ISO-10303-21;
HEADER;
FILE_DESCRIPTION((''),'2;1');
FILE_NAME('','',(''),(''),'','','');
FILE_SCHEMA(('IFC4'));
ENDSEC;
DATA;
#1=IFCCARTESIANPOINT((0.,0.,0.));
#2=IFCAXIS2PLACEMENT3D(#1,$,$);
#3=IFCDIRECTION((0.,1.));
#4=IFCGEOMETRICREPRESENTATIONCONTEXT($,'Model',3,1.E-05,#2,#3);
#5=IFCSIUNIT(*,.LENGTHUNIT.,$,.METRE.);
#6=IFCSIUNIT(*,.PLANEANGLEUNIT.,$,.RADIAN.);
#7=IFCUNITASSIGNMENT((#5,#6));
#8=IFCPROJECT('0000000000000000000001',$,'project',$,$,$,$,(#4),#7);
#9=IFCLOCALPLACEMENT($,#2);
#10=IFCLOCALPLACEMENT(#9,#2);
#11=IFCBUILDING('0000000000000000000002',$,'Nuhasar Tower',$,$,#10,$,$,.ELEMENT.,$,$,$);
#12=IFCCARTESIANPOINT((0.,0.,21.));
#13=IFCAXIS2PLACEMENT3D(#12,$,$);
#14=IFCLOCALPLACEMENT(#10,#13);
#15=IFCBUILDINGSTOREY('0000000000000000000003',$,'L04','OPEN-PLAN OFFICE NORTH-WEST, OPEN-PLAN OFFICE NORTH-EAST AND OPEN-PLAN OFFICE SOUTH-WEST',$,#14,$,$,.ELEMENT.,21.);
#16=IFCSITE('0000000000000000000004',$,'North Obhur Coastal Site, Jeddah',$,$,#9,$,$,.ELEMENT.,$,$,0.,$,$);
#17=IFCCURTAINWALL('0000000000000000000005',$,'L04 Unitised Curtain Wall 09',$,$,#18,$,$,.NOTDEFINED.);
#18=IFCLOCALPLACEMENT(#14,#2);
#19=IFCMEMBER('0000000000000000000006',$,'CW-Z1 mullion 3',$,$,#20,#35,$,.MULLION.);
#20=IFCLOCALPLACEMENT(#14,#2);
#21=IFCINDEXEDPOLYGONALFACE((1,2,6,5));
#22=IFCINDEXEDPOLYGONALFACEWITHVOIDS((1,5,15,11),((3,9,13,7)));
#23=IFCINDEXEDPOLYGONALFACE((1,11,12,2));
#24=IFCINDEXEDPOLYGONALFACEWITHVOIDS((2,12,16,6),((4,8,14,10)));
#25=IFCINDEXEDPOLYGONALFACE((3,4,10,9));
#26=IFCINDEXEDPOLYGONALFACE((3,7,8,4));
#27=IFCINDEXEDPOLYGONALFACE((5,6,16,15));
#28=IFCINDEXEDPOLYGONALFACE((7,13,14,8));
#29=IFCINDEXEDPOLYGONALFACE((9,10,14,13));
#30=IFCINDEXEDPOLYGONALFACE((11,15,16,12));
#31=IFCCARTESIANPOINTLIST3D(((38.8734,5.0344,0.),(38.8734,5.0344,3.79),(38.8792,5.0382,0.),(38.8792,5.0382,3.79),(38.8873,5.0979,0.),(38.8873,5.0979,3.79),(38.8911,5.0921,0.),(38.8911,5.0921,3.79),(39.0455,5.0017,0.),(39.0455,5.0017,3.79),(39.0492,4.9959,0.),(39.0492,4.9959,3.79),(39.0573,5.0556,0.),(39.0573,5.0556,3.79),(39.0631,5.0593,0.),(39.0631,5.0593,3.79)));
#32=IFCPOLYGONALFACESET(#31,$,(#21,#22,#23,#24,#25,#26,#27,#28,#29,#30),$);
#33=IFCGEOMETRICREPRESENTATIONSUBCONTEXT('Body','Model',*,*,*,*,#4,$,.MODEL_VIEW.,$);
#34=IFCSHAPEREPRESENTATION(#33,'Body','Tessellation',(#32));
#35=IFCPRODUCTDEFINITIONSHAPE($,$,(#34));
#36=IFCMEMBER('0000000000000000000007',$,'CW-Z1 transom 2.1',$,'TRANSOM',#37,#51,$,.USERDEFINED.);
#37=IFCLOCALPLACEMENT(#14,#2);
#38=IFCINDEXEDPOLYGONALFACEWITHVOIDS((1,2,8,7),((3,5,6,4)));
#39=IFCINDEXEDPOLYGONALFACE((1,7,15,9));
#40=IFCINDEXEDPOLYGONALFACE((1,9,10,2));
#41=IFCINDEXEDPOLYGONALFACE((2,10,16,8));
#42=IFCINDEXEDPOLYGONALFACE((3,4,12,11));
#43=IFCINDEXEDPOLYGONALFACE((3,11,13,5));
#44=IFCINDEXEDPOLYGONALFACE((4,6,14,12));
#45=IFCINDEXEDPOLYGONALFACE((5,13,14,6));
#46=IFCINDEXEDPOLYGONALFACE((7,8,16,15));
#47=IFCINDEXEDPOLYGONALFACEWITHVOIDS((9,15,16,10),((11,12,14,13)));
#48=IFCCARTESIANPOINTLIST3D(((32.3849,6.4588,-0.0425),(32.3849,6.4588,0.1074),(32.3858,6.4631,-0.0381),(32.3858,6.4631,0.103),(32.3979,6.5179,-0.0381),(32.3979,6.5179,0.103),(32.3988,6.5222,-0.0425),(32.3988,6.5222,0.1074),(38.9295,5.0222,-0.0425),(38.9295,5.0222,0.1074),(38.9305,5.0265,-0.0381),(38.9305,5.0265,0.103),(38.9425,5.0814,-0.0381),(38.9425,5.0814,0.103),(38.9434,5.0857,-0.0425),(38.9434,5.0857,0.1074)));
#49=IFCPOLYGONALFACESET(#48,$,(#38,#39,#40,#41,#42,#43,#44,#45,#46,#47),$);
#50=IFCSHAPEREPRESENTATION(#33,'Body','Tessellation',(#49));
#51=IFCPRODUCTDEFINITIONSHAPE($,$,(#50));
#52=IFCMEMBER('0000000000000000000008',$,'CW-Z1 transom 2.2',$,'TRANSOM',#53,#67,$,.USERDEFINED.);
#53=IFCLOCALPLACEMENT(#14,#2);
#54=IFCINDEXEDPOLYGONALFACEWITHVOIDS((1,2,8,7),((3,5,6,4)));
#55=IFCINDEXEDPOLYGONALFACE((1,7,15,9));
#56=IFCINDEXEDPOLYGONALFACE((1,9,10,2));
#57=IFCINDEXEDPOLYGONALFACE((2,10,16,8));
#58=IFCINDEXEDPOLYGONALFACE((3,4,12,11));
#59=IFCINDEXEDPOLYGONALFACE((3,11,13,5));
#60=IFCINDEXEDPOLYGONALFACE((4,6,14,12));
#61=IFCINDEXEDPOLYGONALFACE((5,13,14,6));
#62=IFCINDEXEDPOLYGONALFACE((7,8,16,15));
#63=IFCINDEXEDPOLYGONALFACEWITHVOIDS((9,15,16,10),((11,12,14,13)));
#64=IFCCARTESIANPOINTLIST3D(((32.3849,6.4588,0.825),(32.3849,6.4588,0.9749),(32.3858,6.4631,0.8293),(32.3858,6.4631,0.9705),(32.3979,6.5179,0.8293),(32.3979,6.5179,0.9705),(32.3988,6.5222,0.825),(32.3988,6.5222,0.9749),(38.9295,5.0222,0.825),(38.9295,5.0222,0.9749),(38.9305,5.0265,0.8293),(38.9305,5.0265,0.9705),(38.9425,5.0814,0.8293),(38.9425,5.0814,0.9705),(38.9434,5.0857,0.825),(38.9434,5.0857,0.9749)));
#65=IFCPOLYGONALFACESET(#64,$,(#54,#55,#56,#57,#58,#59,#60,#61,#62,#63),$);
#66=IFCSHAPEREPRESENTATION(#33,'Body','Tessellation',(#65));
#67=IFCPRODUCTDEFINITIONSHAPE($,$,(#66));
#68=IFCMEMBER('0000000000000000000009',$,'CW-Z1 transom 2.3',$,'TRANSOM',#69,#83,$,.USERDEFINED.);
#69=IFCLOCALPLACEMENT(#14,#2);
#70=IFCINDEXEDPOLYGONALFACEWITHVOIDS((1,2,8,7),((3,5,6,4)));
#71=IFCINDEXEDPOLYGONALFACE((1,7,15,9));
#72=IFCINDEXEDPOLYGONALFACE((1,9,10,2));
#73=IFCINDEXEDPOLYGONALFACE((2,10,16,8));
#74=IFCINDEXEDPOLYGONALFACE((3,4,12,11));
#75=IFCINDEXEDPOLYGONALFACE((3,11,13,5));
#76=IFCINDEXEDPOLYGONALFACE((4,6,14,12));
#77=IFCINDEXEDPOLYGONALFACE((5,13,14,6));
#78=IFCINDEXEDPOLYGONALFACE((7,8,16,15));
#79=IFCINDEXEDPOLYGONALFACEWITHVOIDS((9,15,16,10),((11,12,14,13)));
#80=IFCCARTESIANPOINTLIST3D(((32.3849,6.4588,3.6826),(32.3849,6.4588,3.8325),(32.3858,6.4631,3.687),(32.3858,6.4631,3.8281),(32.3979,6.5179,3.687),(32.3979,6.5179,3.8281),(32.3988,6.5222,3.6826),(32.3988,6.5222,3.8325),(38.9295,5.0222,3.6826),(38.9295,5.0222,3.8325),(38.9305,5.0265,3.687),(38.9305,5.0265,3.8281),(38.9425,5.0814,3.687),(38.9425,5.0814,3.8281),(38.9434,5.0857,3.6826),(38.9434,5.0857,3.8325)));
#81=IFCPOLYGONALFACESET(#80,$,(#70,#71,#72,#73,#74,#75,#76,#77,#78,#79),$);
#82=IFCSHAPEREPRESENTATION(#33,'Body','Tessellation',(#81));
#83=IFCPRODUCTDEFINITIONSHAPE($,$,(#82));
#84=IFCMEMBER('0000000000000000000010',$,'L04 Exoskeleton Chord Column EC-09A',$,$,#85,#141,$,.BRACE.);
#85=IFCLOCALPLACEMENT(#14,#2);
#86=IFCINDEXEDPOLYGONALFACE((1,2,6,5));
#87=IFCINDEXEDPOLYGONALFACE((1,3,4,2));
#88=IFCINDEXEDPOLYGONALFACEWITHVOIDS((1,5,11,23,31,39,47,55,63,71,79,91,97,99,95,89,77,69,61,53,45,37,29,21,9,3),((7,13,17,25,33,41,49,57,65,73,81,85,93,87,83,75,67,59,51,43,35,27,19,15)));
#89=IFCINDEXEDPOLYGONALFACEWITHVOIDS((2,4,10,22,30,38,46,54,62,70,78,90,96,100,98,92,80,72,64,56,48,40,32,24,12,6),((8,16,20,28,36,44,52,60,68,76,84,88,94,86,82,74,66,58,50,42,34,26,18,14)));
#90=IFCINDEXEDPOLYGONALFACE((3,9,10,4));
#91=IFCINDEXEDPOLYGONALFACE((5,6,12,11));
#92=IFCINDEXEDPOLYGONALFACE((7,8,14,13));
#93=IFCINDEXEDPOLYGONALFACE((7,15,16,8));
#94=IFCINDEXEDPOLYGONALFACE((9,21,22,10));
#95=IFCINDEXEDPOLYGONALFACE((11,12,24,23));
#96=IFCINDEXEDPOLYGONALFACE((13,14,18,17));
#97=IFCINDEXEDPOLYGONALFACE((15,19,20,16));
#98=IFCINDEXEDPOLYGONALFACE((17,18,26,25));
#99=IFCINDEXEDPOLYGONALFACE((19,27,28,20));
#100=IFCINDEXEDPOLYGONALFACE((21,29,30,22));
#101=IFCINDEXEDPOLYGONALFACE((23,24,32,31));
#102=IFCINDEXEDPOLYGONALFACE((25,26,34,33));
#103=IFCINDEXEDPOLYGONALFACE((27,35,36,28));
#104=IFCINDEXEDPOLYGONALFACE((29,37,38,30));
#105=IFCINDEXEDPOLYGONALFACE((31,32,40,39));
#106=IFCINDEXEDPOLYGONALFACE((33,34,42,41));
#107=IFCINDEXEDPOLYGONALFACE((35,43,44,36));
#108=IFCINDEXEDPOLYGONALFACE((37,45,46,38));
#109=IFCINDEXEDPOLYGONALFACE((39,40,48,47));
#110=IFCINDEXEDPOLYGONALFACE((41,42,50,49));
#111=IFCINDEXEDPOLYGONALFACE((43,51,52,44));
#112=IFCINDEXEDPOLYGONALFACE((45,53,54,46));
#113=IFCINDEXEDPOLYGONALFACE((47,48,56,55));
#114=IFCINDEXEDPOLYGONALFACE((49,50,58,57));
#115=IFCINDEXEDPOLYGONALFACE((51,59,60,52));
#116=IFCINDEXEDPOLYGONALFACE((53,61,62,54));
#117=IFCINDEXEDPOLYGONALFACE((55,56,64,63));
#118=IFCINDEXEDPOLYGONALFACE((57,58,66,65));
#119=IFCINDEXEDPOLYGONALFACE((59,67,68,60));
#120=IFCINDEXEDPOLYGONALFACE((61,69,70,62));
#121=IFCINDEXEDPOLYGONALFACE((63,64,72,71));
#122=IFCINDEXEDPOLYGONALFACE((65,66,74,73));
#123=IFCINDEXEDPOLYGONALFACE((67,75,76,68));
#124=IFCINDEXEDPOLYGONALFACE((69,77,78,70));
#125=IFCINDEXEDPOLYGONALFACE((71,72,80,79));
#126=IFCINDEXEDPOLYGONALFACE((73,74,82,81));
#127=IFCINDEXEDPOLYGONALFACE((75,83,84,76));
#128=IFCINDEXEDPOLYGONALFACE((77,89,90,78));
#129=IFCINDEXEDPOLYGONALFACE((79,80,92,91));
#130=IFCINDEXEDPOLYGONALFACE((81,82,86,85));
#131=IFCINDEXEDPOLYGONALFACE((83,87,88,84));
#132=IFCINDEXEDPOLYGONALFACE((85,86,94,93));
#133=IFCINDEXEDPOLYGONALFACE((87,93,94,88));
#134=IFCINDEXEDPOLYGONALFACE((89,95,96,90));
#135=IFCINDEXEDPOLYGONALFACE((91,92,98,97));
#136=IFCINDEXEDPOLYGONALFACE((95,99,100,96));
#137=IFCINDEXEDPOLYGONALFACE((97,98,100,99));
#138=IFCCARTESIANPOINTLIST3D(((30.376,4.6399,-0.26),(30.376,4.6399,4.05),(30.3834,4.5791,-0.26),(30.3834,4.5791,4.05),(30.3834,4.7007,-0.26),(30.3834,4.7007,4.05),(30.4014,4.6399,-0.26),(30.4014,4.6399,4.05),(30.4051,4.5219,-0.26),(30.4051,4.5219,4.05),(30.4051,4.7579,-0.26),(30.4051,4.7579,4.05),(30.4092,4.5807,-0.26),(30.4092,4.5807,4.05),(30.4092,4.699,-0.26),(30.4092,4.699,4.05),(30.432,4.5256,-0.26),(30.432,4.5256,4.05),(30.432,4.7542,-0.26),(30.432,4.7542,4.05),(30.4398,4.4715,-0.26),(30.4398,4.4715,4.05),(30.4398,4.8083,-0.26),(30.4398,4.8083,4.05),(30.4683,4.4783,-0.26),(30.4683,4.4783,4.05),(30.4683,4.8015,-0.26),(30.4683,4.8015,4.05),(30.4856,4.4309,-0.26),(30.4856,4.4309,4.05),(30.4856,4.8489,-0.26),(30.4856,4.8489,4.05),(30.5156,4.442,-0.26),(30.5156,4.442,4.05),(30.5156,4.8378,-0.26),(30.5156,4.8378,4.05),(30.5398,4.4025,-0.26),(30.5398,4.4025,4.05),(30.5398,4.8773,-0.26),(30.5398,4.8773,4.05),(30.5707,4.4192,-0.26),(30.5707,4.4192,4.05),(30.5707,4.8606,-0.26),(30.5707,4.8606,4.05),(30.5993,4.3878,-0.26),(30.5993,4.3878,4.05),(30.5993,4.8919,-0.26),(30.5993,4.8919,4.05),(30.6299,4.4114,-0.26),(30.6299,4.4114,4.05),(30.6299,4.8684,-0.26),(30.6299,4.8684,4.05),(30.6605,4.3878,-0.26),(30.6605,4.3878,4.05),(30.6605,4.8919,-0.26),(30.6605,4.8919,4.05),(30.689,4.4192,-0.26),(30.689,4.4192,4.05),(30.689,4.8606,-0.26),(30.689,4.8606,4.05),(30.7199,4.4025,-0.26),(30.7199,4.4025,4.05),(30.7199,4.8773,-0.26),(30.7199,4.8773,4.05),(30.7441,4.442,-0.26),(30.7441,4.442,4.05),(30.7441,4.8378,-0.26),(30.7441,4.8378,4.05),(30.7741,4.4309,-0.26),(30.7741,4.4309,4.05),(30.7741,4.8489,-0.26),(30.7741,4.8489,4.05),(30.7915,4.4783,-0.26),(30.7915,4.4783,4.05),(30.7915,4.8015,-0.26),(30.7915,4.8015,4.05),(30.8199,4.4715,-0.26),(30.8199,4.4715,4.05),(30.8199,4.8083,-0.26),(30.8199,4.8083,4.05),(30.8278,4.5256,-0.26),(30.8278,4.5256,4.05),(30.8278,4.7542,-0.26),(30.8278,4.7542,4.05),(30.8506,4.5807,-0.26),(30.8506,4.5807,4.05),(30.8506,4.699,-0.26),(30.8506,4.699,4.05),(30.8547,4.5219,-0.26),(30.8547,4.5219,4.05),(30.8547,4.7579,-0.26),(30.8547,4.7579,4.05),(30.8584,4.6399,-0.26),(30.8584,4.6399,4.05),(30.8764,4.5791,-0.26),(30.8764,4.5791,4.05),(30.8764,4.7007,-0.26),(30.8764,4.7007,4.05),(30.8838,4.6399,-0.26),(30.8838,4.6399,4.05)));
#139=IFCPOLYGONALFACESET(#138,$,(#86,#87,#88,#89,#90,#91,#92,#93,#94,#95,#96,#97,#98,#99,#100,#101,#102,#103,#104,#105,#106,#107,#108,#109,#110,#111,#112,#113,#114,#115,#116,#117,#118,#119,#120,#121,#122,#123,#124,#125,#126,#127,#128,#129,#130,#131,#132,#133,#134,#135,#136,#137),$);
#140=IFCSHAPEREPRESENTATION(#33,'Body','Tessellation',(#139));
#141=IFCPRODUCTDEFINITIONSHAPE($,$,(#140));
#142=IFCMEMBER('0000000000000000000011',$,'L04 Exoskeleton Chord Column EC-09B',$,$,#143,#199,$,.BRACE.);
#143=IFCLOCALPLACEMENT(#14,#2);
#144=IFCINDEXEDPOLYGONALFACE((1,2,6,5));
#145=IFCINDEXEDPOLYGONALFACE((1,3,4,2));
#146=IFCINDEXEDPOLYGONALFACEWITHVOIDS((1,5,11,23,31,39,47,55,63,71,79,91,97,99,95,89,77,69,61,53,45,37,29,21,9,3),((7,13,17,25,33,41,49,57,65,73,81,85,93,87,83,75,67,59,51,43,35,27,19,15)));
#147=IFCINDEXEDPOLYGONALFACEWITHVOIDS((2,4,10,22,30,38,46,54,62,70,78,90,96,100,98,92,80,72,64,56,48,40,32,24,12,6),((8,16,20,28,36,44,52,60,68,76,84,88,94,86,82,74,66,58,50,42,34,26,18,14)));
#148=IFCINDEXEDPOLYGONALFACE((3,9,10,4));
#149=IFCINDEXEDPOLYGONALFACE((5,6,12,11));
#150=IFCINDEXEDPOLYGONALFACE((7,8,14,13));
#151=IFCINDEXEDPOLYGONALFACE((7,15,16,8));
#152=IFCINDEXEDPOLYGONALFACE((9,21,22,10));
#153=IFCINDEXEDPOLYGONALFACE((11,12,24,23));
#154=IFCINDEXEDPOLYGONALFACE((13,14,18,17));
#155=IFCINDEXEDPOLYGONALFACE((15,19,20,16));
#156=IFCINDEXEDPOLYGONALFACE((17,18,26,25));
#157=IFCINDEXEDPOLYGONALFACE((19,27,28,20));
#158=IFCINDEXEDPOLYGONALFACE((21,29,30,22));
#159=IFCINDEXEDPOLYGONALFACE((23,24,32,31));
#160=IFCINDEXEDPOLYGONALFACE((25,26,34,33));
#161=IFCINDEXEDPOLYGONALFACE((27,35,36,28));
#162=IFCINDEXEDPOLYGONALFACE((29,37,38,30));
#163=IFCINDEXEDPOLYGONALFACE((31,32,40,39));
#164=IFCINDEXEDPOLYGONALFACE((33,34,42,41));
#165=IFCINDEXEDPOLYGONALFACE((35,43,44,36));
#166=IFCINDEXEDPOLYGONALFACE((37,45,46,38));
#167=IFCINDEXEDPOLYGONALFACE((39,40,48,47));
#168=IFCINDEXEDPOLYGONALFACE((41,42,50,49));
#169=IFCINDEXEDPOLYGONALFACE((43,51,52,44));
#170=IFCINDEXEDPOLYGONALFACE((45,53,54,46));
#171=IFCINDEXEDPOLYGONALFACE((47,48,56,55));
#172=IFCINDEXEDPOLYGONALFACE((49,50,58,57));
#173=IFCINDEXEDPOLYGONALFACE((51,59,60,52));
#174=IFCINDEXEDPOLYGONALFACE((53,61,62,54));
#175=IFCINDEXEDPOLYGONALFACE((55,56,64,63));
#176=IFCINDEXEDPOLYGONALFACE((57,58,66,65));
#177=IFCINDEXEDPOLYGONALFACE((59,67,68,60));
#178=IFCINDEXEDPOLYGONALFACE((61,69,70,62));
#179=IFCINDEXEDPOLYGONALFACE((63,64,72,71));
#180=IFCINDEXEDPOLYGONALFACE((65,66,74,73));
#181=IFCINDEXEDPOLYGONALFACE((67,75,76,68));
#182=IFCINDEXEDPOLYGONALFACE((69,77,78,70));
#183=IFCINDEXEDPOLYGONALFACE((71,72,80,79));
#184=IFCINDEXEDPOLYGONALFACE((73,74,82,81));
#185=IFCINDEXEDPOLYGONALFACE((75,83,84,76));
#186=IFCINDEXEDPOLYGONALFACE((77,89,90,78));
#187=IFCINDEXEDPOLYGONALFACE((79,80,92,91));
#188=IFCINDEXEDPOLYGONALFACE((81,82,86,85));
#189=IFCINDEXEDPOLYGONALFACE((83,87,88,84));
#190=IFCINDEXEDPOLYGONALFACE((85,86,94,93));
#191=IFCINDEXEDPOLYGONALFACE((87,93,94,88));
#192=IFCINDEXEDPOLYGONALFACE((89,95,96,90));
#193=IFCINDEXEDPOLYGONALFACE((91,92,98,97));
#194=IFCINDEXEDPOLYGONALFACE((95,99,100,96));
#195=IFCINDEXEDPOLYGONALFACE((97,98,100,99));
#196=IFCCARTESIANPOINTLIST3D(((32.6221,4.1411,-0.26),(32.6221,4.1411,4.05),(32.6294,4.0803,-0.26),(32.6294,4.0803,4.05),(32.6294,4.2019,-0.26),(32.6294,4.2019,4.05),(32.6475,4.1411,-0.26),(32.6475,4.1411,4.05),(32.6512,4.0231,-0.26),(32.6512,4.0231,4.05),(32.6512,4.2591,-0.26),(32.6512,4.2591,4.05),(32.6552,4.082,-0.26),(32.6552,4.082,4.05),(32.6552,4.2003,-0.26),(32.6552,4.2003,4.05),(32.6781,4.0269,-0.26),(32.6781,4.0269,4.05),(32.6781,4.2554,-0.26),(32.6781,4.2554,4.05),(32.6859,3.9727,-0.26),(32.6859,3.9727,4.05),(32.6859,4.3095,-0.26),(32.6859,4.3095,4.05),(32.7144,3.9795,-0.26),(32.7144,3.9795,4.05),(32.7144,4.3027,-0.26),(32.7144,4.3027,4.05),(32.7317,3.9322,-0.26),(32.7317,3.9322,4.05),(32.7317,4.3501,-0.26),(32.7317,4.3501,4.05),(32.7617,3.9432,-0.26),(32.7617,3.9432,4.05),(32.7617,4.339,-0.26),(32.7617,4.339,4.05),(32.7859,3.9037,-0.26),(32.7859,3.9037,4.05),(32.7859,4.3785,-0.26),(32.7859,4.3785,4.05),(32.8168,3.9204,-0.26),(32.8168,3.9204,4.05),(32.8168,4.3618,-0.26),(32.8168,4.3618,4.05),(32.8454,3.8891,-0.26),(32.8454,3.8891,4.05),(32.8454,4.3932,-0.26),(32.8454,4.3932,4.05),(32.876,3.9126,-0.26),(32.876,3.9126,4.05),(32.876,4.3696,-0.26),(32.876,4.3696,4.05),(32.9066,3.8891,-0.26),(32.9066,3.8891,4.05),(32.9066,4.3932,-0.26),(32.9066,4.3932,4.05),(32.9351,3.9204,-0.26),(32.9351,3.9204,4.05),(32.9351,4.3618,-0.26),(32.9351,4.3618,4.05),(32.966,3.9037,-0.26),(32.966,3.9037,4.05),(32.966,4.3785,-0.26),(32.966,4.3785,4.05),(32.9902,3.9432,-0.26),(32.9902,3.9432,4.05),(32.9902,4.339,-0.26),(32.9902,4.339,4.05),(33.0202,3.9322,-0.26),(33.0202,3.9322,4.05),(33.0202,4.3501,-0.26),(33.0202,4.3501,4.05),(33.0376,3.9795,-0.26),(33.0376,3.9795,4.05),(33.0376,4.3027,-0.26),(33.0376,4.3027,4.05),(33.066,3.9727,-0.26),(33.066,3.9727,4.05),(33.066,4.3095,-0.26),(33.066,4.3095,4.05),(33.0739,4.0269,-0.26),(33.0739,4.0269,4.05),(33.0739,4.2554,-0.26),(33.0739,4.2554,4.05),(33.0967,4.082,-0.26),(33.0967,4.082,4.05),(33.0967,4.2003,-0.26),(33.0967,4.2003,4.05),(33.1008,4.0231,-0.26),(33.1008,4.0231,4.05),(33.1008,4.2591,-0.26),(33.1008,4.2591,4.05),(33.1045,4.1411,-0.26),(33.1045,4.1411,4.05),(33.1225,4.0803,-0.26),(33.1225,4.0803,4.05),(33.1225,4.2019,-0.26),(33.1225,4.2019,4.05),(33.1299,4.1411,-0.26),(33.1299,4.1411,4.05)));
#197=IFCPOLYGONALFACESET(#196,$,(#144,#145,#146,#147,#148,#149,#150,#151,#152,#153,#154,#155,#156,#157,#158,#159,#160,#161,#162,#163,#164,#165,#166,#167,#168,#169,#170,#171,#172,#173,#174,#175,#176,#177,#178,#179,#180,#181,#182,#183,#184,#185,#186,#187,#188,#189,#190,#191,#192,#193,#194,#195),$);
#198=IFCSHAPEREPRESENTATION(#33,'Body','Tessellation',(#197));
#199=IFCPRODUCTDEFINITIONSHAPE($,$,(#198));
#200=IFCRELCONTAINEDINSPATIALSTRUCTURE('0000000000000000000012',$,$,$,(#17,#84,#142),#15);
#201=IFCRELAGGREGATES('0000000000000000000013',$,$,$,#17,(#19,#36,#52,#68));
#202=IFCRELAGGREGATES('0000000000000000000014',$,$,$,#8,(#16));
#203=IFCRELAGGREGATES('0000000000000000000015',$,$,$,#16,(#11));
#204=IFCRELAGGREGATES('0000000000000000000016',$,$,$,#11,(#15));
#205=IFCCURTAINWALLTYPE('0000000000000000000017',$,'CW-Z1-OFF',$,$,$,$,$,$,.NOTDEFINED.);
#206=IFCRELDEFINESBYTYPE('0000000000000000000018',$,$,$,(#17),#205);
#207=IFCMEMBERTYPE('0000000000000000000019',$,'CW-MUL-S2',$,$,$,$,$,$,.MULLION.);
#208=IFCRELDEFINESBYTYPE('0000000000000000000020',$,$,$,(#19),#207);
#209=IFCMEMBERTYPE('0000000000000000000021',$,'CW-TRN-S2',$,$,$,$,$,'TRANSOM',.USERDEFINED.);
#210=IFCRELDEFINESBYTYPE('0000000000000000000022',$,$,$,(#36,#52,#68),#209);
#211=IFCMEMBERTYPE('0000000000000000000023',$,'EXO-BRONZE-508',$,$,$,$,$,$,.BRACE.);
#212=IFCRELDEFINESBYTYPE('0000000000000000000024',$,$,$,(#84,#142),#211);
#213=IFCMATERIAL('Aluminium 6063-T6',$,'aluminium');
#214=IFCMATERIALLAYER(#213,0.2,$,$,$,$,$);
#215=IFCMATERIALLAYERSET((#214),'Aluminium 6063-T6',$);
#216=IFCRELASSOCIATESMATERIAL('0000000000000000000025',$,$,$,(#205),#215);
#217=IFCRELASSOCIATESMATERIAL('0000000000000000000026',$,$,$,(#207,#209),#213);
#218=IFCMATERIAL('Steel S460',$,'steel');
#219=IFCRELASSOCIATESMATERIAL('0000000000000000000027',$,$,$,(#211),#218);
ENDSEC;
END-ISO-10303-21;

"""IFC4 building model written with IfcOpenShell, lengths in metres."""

from ifc_helpers import new_model, si_unit, direction, frame, origin, origin_2d, place, context, subcontext, project, spatial, hollow_rectangle, hollow_circle, extrude, material, layer, layer_set, material_profile, profile_set, type_object, element, aggregate, save


model = new_model("IFC4")

# Units and contexts
model_context = context("Model", 3, precision=1e-05, world=origin(), true_north=direction((0.0, 1.0)))
body_context = subcontext(model_context, "Body", "Model", "MODEL_VIEW")
ifc_project = project(units=[si_unit("LENGTHUNIT", "METRE"), si_unit("PLANEANGLEUNIT", "RADIAN")], contexts=[model_context])

# Site, building, storey
site_placement = place(None, origin())
site = spatial("IfcSite", under=ifc_project, at=site_placement, Name="North Obhur Coastal Site, Jeddah", CompositionType="ELEMENT", RefElevation=0.0)
building_placement = place(site_placement, origin())
building = spatial("IfcBuilding", under=site, at=building_placement, Name="Nuhasar Tower", CompositionType="ELEMENT")
storey_placement = place(building_placement, frame((0.0, 0.0, 21.0)))
storey = spatial("IfcBuildingStorey", under=building, at=storey_placement, Name="L04", Description="OPEN-PLAN OFFICE NORTH-WEST, OPEN-PLAN OFFICE NORTH-EAST AND OPEN-PLAN OFFICE SOUTH-WEST", CompositionType="ELEMENT", Elevation=21.0)

# Shared definitions
ifc_material_1 = material(Name="Steel S460", Category="steel")

# Curtain wall, members
ifc_material_2 = material(Name="Aluminium 6063-T6", Category="aluminium")
ifc_layer_1 = layer(ifc_material_2, 0.2)
ifc_layer_set_1 = layer_set([ifc_layer_1], Name="Aluminium 6063-T6")
curtain_wall_type = type_object("IfcCurtainWallType", Name="CW-Z1-OFF", PredefinedType="NOTDEFINED", material=ifc_layer_set_1)
curtain_wall_placement = place(storey_placement, origin())
curtain_wall = element("IfcCurtainWall", 1, at=curtain_wall_placement, inside=storey, type_object=curtain_wall_type, Name="L04 Unitised Curtain Wall 09", PredefinedType="NOTDEFINED")
ifc_material_profile_1 = material_profile(ifc_material_2, hollow_rectangle(XDim=0.0649, YDim=0.1799, WallThickness=0.0049, at=origin_2d()), Name="CWM-2")
ifc_profile_set_1 = profile_set([ifc_material_profile_1], Name="Aluminium 6063-T6")
member_type_1 = type_object("IfcMemberType", Name="CW-MUL-S2", PredefinedType="MULLION", material=ifc_profile_set_1)
member_1_placement = place(storey_placement, frame((38.9683, 5.0469, 0.0), z_axis=(0.0, 0.0, 1.0), x_axis=(0.214399, 0.976746, 0.0)))
member_1 = element("IfcMember", 2, at=member_1_placement, type_object=member_type_1, Name="CW-Z1 mullion 3", PredefinedType="MULLION", context=body_context, shape_type="SweptSolid", body=[
    extrude(hollow_rectangle(XDim=0.0649, YDim=0.1799, WallThickness=0.0049, at=origin_2d()), origin(), (0.0, 0.0, 1.0), 3.79),
])
ifc_material_profile_2 = material_profile(ifc_material_2, hollow_rectangle(XDim=0.0649, YDim=0.1499, WallThickness=0.0044, at=origin_2d()), Name="CWT-2")
ifc_profile_set_2 = profile_set([ifc_material_profile_2], Name="Aluminium 6063-T6")
member_type_2 = type_object("IfcMemberType", Name="CW-TRN-S2", ElementType="TRANSOM", PredefinedType="USERDEFINED", material=ifc_profile_set_2)
member_2_placement = place(storey_placement, frame((32.3918, 6.4905, 0.0325), z_axis=(0.976748, -0.214391, 0.0), x_axis=(0.214391, 0.976748, 0.0)))
member_2 = element("IfcMember", 3, at=member_2_placement, type_object=member_type_2, Name="CW-Z1 transom 2.1", ObjectType="TRANSOM", PredefinedType="USERDEFINED", context=body_context, shape_type="SweptSolid", body=[
    extrude(hollow_rectangle(XDim=0.0649, YDim=0.1499, WallThickness=0.0044, at=origin_2d()), origin(), (0.0, 0.0, 1.0), 6.7004),
])
member_3_placement = place(storey_placement, frame((32.3918, 6.4905, 0.8999), z_axis=(0.976748, -0.214391, 0.0), x_axis=(0.214391, 0.976748, 0.0)))
member_3 = element("IfcMember", 4, at=member_3_placement, type_object=member_type_2, Name="CW-Z1 transom 2.2", ObjectType="TRANSOM", PredefinedType="USERDEFINED", context=body_context, shape_type="SweptSolid", body=[
    extrude(hollow_rectangle(XDim=0.0649, YDim=0.1499, WallThickness=0.0044, at=origin_2d()), origin(), (0.0, 0.0, 1.0), 6.7004),
])
member_4_placement = place(storey_placement, frame((32.3918, 6.4905, 3.7576), z_axis=(0.976748, -0.214391, 0.0), x_axis=(0.214391, 0.976748, 0.0)))
member_4 = element("IfcMember", 5, at=member_4_placement, type_object=member_type_2, Name="CW-Z1 transom 2.3", ObjectType="TRANSOM", PredefinedType="USERDEFINED", context=body_context, shape_type="SweptSolid", body=[
    extrude(hollow_rectangle(XDim=0.0649, YDim=0.1499, WallThickness=0.0044, at=origin_2d()), origin(), (0.0, 0.0, 1.0), 6.7004),
])

# Members
ifc_material_profile_3 = material_profile(ifc_material_1, hollow_circle(Radius=0.2539, WallThickness=0.0254, at=origin_2d()), Name="HSS508X25.4")
ifc_profile_set_3 = profile_set([ifc_material_profile_3], Name="Steel S460")
member_type_3 = type_object("IfcMemberType", Name="EXO-BRONZE-508", PredefinedType="BRACE", material=ifc_profile_set_3)
for number, where, z_axis, x_axis, name in (
    (6, (30.6299, 4.6399, -0.26), (0.0, 0.0, 1.0), (1.0, 0.0, 0.0), "L04 Exoskeleton Chord Column EC-09A"),
    (7, (32.876, 4.1411, -0.26), (0.0, 0.0, 1.0), (1.0, 0.0, 0.0), "L04 Exoskeleton Chord Column EC-09B"),
):
    element("IfcMember", number, at=place(storey_placement, frame(where, z_axis=z_axis, x_axis=x_axis)), inside=storey, type_object=member_type_3, Name=name, PredefinedType="BRACE", context=body_context, shape_type="SweptSolid", body=[
        extrude(hollow_circle(Radius=0.2539, WallThickness=0.0254, at=origin_2d()), origin(), (0.0, 0.0, 1.0), 4.3101),
    ])

aggregate(curtain_wall, [member_1, member_2, member_3, member_4])

save(model, "model.ifc")
